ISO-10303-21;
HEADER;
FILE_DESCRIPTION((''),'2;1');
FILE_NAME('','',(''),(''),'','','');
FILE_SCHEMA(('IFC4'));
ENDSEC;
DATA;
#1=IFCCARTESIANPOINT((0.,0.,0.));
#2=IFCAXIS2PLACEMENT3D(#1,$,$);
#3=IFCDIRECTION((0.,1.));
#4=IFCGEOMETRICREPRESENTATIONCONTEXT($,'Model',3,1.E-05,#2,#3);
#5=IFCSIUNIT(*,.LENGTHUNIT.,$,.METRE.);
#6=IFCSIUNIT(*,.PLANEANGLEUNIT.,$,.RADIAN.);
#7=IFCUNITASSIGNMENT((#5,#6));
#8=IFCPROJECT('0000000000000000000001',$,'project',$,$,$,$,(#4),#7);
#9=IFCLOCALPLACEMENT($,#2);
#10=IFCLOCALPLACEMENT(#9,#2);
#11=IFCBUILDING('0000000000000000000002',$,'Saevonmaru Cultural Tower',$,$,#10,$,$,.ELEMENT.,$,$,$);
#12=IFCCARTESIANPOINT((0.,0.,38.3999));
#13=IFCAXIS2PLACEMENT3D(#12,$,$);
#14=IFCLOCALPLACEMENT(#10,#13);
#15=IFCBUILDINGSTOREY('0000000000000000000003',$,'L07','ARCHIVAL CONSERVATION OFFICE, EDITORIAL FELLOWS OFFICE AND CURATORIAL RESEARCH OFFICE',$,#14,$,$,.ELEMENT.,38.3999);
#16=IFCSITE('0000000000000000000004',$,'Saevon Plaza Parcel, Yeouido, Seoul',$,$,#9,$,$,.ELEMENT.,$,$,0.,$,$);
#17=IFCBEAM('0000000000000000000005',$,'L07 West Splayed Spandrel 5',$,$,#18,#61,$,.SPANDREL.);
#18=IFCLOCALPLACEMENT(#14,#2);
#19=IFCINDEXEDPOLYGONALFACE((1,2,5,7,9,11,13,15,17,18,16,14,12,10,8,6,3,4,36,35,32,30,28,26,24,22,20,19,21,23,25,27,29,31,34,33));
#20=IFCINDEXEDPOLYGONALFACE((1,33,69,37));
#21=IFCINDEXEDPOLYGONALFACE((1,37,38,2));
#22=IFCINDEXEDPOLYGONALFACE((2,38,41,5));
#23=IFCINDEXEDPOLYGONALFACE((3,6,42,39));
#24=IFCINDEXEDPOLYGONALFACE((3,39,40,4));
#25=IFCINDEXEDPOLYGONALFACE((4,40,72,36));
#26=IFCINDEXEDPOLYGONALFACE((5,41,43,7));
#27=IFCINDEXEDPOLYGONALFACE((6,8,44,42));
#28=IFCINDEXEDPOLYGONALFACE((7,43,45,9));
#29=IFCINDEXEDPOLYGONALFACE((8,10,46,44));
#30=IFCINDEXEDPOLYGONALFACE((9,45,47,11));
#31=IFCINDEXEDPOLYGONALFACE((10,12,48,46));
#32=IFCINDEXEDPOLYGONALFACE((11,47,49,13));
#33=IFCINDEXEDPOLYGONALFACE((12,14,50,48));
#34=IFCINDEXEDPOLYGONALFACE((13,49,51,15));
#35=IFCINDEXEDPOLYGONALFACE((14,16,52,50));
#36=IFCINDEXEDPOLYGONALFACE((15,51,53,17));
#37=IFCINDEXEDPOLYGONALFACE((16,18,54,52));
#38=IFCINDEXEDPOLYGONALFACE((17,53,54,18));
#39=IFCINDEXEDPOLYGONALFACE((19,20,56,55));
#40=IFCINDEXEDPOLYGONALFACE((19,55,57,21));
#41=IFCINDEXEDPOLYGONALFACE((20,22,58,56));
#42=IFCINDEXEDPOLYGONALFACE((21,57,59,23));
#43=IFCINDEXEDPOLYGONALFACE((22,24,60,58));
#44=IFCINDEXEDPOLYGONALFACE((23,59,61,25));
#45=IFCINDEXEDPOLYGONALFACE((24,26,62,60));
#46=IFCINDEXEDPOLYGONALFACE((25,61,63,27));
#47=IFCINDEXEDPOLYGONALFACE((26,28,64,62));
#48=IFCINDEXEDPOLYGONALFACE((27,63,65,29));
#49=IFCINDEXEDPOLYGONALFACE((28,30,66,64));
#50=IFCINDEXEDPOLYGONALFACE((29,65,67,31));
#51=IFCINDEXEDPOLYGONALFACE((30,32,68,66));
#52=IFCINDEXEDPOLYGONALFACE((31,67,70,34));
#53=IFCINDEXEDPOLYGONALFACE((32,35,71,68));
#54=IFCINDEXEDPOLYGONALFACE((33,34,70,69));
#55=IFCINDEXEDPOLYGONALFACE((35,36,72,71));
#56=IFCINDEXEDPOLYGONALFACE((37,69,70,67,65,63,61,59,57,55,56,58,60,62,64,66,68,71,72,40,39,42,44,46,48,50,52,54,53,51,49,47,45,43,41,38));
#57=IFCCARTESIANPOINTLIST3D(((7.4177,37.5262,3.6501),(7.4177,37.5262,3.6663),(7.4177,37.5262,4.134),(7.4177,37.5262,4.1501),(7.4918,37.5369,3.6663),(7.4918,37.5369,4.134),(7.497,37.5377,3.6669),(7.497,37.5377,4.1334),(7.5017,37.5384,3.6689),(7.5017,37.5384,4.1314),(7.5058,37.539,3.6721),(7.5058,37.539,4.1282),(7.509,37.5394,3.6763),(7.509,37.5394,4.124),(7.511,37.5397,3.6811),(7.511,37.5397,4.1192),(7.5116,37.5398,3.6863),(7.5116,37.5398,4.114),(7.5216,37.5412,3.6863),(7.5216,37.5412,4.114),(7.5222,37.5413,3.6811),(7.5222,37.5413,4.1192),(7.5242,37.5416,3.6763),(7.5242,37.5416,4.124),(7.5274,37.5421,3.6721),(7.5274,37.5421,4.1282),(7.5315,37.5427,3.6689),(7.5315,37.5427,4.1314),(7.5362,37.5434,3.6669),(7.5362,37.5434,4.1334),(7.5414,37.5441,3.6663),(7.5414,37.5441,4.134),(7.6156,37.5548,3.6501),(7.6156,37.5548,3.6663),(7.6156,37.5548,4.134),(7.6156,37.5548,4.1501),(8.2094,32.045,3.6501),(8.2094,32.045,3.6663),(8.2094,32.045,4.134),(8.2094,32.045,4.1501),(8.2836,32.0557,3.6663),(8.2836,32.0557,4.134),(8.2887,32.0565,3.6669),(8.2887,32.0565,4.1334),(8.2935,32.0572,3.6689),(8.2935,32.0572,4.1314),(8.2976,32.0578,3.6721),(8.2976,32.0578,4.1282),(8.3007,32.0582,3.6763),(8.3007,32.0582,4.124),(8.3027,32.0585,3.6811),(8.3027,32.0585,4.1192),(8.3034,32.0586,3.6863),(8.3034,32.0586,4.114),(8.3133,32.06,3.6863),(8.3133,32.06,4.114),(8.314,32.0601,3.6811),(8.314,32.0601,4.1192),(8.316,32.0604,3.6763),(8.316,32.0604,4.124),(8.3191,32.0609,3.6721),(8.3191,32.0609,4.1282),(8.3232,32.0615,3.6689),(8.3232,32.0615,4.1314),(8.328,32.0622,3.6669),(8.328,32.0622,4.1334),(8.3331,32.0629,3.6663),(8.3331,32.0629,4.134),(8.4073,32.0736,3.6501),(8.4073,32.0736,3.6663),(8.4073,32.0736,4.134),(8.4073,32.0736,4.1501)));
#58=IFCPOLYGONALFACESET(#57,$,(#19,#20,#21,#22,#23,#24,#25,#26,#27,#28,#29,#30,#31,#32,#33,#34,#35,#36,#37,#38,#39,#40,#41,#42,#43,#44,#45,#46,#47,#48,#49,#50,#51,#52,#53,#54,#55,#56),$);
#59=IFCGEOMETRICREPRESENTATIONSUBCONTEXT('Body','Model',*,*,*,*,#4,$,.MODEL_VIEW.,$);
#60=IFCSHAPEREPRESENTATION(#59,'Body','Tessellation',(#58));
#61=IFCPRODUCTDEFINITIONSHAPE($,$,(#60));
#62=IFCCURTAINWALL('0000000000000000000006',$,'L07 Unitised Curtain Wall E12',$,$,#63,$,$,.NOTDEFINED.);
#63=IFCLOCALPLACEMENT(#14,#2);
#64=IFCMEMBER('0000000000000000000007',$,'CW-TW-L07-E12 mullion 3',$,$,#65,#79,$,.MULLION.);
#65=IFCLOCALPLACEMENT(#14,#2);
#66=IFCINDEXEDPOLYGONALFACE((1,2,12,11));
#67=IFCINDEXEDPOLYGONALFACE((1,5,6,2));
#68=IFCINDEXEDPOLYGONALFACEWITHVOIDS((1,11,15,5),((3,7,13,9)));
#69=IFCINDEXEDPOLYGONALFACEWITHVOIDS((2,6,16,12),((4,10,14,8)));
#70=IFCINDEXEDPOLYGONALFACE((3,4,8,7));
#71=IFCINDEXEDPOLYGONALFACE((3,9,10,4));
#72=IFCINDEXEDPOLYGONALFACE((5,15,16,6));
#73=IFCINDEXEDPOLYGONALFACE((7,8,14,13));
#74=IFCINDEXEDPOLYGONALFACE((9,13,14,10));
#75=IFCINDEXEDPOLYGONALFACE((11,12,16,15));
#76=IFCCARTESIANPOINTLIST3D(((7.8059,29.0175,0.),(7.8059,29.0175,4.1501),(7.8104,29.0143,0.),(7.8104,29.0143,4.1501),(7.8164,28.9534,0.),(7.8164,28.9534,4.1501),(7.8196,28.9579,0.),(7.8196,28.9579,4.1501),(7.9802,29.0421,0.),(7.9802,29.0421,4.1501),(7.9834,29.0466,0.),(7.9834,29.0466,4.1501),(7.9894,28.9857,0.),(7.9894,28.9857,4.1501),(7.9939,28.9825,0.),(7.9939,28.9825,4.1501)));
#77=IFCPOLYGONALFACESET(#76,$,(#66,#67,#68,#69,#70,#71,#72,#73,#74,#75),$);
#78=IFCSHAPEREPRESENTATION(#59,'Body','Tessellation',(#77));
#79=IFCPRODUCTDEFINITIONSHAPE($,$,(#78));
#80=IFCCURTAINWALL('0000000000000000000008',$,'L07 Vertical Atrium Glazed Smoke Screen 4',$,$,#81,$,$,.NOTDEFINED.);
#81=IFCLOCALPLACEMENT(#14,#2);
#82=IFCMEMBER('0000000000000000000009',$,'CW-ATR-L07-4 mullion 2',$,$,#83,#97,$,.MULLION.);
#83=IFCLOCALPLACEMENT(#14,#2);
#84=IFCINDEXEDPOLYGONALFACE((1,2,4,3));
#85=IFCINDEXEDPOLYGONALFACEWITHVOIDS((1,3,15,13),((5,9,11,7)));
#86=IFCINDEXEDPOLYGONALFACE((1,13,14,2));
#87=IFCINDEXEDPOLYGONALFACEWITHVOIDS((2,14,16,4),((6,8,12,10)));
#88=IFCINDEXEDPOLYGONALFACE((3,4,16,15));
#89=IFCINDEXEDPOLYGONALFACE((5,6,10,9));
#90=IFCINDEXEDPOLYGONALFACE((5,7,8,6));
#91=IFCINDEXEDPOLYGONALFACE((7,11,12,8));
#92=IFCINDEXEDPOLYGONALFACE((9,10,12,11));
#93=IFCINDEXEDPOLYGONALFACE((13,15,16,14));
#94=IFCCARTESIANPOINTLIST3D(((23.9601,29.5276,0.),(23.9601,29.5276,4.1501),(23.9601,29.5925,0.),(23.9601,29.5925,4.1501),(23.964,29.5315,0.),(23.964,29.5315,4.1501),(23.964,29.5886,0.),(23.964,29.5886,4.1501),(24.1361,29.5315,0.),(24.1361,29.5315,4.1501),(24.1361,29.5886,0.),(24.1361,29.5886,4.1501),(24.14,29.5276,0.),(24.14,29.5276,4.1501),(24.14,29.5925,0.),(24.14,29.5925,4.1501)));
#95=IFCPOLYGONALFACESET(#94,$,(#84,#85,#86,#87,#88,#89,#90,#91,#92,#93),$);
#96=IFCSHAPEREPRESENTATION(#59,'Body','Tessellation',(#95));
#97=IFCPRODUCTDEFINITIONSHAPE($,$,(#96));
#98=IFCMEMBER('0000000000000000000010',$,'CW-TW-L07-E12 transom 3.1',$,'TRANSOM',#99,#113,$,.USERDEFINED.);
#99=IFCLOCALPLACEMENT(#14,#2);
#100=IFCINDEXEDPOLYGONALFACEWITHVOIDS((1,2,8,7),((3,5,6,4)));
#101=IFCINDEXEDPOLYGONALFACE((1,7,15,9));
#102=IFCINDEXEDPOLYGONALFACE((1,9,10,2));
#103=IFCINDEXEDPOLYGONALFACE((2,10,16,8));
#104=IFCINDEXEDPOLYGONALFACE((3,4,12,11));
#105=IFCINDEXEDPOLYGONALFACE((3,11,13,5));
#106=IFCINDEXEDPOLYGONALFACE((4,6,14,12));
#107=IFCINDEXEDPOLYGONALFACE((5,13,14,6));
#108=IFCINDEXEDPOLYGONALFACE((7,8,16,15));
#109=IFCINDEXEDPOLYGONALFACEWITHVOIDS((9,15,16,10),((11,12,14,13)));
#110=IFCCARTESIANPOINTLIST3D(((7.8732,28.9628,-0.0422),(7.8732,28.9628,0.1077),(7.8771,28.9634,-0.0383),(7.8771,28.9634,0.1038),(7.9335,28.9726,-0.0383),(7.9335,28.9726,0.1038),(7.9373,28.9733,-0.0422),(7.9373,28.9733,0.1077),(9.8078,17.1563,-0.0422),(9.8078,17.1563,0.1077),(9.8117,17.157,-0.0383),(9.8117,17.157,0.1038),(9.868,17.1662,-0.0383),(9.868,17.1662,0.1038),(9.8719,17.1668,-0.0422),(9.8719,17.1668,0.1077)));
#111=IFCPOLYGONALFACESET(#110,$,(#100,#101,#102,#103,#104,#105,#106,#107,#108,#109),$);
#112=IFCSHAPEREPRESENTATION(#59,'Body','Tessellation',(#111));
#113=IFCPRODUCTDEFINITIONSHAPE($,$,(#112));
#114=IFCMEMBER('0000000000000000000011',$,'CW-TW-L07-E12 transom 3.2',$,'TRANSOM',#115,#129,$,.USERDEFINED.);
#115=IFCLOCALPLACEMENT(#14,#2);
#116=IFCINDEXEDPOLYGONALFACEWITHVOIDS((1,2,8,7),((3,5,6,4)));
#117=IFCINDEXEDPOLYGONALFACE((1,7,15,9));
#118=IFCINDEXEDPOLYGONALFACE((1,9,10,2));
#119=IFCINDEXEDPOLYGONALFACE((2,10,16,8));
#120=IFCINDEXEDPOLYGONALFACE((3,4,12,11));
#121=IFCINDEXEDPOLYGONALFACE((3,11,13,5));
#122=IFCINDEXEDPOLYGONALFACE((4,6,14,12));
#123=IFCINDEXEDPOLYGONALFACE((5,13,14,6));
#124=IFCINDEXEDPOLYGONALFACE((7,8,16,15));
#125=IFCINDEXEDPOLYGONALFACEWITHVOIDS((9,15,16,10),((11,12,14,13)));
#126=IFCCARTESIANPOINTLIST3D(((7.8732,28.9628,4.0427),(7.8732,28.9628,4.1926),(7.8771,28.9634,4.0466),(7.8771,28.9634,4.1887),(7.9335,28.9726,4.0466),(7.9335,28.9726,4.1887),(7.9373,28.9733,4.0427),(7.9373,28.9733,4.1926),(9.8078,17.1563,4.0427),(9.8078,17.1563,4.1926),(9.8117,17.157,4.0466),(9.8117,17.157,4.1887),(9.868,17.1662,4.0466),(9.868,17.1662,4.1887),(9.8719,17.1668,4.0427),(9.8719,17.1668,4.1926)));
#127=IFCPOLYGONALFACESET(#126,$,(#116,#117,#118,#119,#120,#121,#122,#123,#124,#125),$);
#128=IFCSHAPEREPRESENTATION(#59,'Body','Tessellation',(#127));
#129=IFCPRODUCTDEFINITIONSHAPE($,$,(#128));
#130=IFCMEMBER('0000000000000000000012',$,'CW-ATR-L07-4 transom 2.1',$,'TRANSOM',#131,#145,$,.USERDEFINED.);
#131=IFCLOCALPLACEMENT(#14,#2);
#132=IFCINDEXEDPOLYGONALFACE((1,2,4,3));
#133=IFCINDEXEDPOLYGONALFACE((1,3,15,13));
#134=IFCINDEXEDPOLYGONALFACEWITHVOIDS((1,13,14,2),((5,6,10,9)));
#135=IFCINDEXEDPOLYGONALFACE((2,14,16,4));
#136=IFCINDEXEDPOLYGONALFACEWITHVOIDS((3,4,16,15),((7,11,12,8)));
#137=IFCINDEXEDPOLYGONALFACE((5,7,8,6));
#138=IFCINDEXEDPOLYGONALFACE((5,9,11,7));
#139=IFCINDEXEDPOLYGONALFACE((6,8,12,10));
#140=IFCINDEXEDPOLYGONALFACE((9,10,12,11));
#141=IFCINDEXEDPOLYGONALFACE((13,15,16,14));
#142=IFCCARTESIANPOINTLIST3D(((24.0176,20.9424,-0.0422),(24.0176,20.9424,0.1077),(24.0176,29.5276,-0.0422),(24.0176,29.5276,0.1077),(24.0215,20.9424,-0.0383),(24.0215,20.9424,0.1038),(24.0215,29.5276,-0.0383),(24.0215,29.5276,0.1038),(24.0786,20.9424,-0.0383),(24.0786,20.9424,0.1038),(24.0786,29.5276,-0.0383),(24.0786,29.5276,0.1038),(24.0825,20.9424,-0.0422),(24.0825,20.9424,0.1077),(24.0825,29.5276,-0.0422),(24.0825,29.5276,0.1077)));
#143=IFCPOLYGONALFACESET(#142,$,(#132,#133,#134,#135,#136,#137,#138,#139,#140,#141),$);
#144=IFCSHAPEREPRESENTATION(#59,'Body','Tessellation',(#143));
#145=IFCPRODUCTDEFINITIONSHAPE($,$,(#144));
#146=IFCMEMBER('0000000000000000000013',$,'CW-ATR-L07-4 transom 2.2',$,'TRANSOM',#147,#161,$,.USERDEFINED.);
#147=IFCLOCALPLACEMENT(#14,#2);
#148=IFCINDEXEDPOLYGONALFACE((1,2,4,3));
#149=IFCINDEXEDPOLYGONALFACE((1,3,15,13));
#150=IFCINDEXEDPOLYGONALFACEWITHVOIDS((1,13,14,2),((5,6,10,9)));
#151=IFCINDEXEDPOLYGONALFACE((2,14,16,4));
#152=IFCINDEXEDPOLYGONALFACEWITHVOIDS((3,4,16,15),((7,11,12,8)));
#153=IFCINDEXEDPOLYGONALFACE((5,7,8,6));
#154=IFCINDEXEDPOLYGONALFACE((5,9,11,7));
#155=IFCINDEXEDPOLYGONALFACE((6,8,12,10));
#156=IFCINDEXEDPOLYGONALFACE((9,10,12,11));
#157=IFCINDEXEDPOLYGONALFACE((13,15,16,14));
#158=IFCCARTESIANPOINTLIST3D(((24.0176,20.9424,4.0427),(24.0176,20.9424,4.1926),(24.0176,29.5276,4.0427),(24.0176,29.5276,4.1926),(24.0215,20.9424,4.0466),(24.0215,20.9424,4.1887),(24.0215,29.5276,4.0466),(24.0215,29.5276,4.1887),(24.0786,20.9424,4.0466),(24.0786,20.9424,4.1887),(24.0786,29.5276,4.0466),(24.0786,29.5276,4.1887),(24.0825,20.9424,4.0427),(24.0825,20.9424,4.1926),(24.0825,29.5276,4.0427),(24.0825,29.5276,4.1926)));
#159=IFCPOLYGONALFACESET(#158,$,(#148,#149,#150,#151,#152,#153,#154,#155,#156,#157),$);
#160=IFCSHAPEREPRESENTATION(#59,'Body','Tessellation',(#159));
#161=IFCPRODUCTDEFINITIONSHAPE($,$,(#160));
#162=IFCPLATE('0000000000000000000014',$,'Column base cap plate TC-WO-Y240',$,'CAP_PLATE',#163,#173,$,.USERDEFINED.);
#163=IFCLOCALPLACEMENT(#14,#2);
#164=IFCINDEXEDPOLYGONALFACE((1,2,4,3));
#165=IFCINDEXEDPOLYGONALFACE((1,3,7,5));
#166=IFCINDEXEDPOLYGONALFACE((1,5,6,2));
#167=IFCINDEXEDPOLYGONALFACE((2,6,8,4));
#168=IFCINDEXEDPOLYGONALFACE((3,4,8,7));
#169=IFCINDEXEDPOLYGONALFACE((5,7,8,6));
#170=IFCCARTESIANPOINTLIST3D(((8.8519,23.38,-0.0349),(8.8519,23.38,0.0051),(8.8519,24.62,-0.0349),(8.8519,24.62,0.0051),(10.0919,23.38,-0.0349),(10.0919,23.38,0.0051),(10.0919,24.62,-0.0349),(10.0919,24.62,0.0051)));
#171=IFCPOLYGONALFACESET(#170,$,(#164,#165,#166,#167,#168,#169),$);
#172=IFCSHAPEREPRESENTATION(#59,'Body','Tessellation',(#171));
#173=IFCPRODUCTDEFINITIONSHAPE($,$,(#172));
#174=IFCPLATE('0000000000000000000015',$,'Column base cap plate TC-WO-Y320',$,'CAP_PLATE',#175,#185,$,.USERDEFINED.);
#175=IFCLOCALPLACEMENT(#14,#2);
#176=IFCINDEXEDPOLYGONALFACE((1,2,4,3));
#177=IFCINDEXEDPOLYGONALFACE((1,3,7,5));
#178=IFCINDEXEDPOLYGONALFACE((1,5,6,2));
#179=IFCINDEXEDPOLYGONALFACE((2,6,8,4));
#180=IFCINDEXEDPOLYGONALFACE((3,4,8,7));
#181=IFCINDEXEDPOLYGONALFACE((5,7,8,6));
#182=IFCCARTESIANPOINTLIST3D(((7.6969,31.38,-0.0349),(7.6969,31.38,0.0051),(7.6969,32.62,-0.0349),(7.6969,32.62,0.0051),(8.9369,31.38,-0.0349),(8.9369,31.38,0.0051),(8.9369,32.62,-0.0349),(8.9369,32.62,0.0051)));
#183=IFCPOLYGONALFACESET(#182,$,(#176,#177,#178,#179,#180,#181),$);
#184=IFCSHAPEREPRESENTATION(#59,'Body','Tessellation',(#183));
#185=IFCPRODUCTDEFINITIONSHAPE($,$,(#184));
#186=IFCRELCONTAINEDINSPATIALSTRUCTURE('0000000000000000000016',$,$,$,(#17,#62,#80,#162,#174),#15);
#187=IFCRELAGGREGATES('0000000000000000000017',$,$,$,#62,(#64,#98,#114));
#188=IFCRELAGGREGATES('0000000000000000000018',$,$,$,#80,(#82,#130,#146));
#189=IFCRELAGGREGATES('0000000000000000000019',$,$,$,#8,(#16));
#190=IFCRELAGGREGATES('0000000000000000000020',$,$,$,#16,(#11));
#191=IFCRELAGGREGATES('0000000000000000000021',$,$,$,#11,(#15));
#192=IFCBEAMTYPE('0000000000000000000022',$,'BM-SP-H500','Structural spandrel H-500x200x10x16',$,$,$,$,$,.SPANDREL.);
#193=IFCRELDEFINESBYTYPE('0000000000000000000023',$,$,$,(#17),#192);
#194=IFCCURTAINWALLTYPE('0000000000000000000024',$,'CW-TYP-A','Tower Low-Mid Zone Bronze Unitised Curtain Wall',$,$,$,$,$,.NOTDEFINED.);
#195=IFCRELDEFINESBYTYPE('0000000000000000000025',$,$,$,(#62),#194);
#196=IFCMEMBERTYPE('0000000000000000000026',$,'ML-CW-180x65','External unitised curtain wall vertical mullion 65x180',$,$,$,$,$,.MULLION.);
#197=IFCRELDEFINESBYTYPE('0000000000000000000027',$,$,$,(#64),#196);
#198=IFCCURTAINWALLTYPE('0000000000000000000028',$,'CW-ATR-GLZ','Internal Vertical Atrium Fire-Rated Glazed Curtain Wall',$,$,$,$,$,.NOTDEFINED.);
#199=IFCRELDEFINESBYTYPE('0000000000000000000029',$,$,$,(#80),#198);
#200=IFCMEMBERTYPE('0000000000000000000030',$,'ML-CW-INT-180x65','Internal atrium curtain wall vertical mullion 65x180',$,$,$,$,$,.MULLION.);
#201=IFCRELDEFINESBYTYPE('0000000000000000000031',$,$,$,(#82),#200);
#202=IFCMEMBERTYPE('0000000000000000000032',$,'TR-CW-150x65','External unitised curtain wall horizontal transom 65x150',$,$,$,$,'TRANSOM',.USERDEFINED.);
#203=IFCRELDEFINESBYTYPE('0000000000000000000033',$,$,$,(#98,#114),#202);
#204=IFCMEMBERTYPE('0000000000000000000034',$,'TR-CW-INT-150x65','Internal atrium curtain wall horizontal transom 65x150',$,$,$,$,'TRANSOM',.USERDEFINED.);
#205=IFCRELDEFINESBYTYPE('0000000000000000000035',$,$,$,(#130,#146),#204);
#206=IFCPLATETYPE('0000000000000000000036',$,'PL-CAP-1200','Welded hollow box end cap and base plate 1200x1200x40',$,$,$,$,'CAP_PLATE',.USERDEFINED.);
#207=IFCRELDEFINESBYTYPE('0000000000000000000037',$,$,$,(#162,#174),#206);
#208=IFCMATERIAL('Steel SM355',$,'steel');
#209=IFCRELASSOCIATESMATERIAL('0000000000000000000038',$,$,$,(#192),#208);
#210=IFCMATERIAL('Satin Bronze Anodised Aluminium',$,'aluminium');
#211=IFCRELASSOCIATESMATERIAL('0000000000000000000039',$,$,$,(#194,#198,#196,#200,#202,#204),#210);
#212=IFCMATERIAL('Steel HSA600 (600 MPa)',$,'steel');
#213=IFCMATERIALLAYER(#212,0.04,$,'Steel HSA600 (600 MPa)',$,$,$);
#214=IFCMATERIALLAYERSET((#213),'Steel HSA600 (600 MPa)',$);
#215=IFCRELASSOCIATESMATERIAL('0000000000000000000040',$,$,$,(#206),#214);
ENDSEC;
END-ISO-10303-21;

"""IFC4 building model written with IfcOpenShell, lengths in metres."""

from ifc_helpers import new_model, si_unit, direction, frame, origin, origin_2d, place, context, subcontext, project, spatial, rectangle, hollow_rectangle, i_section, extrude, material, layer, layer_set, material_profile, profile_set, type_object, element, aggregate, save


model = new_model("IFC4")

# Units and contexts
model_context = context("Model", 3, precision=1e-05, world=origin(), true_north=direction((0.0, 1.0)))
body_context = subcontext(model_context, "Body", "Model", "MODEL_VIEW")
ifc_project = project(units=[si_unit("LENGTHUNIT", "METRE"), si_unit("PLANEANGLEUNIT", "RADIAN")], contexts=[model_context])

# Site, building, storey
site_placement = place(None, origin())
site = spatial("IfcSite", under=ifc_project, at=site_placement, Name="Saevon Plaza Parcel, Yeouido, Seoul", CompositionType="ELEMENT", RefElevation=0.0)
building_placement = place(site_placement, origin())
building = spatial("IfcBuilding", under=site, at=building_placement, Name="Saevonmaru Cultural Tower", CompositionType="ELEMENT")
storey_placement = place(building_placement, frame((0.0, 0.0, 38.3999)))
storey = spatial("IfcBuildingStorey", under=building, at=storey_placement, Name="L07", Description="ARCHIVAL CONSERVATION OFFICE, EDITORIAL FELLOWS OFFICE AND CURATORIAL RESEARCH OFFICE", CompositionType="ELEMENT", Elevation=38.3999)

# Shared definitions
ifc_material_1 = material(Name="Steel HSA600 (600 MPa)", Category="steel")

# Beam
ifc_material_2 = material(Name="Steel SM355", Category="steel")
ifc_material_profile_1 = material_profile(ifc_material_2, i_section(OverallWidth=0.2, OverallDepth=0.5, WebThickness=0.01, FlangeThickness=0.0161, FilletRadius=0.02, at=origin_2d()), Name="H-500x200x10x16")
ifc_profile_set_1 = profile_set([ifc_material_profile_1], Name="Steel SM355")
beam_type_1 = type_object("IfcBeamType", Name="BM-SP-H500", Description="Structural spandrel H-500x200x10x16", PredefinedType="SPANDREL", material=ifc_profile_set_1)
beam_1_placement = place(storey_placement, frame((8.3083, 32.0593, 3.9001), z_axis=(-0.142964, 0.989728, 0.0), x_axis=(-0.989728, -0.142964, 0.0)))
element("IfcBeam", 1, at=beam_1_placement, inside=storey, type_object=beam_type_1, Name="L07 West Splayed Spandrel 5", PredefinedType="SPANDREL", context=body_context, shape_type="SweptSolid", body=[
    extrude(i_section(OverallWidth=0.2, OverallDepth=0.5, WebThickness=0.01, FlangeThickness=0.0161, FilletRadius=0.02, at=origin_2d()), origin(), (0.0, 0.0, 1.0), 5.5381),
])

# Curtain walls, members
ifc_material_3 = material(Name="Satin Bronze Anodised Aluminium", Category="aluminium")
curtain_wall_type_1 = type_object("IfcCurtainWallType", Name="CW-TYP-A", Description="Tower Low-Mid Zone Bronze Unitised Curtain Wall", PredefinedType="NOTDEFINED", material=ifc_material_3)
curtain_wall_1_placement = place(storey_placement, origin())
curtain_wall_1 = element("IfcCurtainWall", 2, at=curtain_wall_1_placement, inside=storey, type_object=curtain_wall_type_1, Name="L07 Unitised Curtain Wall E12", PredefinedType="NOTDEFINED")
ifc_material_profile_2 = material_profile(ifc_material_3, hollow_rectangle(XDim=0.0649, YDim=0.1799, WallThickness=0.0039, at=origin_2d()), Name="ALU-MULL-180x65x4")
ifc_profile_set_2 = profile_set([ifc_material_profile_2], Name="Satin Bronze Anodised Aluminium")
member_type_1 = type_object("IfcMemberType", Name="ML-CW-180x65", Description="External unitised curtain wall vertical mullion 65x180", PredefinedType="MULLION", material=ifc_profile_set_2)
member_1_placement = place(storey_placement, frame((7.8999, 29.0, 0.0), z_axis=(0.0, 0.0, 1.0), x_axis=(0.161709, -0.986839, 0.0)))
member_1 = element("IfcMember", 3, at=member_1_placement, type_object=member_type_1, Name="CW-TW-L07-E12 mullion 3", PredefinedType="MULLION", context=body_context, shape_type="SweptSolid", body=[
    extrude(hollow_rectangle(XDim=0.0649, YDim=0.1799, WallThickness=0.0039, at=origin_2d()), origin(), (0.0, 0.0, 1.0), 4.1501),
])
curtain_wall_type_2 = type_object("IfcCurtainWallType", Name="CW-ATR-GLZ", Description="Internal Vertical Atrium Fire-Rated Glazed Curtain Wall", PredefinedType="NOTDEFINED", material=ifc_material_3)
curtain_wall_2_placement = place(storey_placement, origin())
curtain_wall_2 = element("IfcCurtainWall", 4, at=curtain_wall_2_placement, inside=storey, type_object=curtain_wall_type_2, Name="L07 Vertical Atrium Glazed Smoke Screen 4", PredefinedType="NOTDEFINED")
ifc_material_profile_3 = material_profile(ifc_material_3, hollow_rectangle(XDim=0.0649, YDim=0.1799, WallThickness=0.0039, at=origin_2d()), Name="ALU-MULL-180x65x4")
ifc_profile_set_3 = profile_set([ifc_material_profile_3], Name="Satin Bronze Anodised Aluminium")
member_type_2 = type_object("IfcMemberType", Name="ML-CW-INT-180x65", Description="Internal atrium curtain wall vertical mullion 65x180", PredefinedType="MULLION", material=ifc_profile_set_3)
member_2_placement = place(storey_placement, frame((24.05, 29.5601, 0.0), z_axis=(0.0, 0.0, 1.0), x_axis=(0.0, -1.0, 0.0)))
member_2 = element("IfcMember", 5, at=member_2_placement, type_object=member_type_2, Name="CW-ATR-L07-4 mullion 2", PredefinedType="MULLION", context=body_context, shape_type="SweptSolid", body=[
    extrude(hollow_rectangle(XDim=0.0649, YDim=0.1799, WallThickness=0.0039, at=origin_2d()), origin(), (0.0, 0.0, 1.0), 4.1501),
])

# Members
ifc_material_profile_4 = material_profile(ifc_material_3, hollow_rectangle(XDim=0.0649, YDim=0.1499, WallThickness=0.0039, at=origin_2d()), Name="ALU-TRAN-150x65x4")
ifc_profile_set_4 = profile_set([ifc_material_profile_4], Name="Satin Bronze Anodised Aluminium")
member_type_3 = type_object("IfcMemberType", Name="TR-CW-150x65", Description="External unitised curtain wall horizontal transom 65x150", ElementType="TRANSOM", PredefinedType="USERDEFINED", material=ifc_profile_set_4)
member_3_placement = place(storey_placement, frame((7.9053, 28.968, 0.0327), z_axis=(0.161701, -0.98684, 0.0), x_axis=(0.98684, 0.161701, 0.0)))
member_3 = element("IfcMember", 6, at=member_3_placement, type_object=member_type_3, Name="CW-TW-L07-E12 transom 3.1", ObjectType="TRANSOM", PredefinedType="USERDEFINED", context=body_context, shape_type="SweptSolid", body=[
    extrude(hollow_rectangle(XDim=0.0649, YDim=0.1499, WallThickness=0.0039, at=origin_2d()), origin(), (0.0, 0.0, 1.0), 11.9639),
])
member_4_placement = place(storey_placement, frame((7.9053, 28.968, 4.1177), z_axis=(0.161701, -0.98684, 0.0), x_axis=(0.98684, 0.161701, 0.0)))
member_4 = element("IfcMember", 7, at=member_4_placement, type_object=member_type_3, Name="CW-TW-L07-E12 transom 3.2", ObjectType="TRANSOM", PredefinedType="USERDEFINED", context=body_context, shape_type="SweptSolid", body=[
    extrude(hollow_rectangle(XDim=0.0649, YDim=0.1499, WallThickness=0.0039, at=origin_2d()), origin(), (0.0, 0.0, 1.0), 11.9639),
])
aggregate(curtain_wall_1, [member_1, member_3, member_4])
ifc_material_profile_5 = material_profile(ifc_material_3, hollow_rectangle(XDim=0.0649, YDim=0.1499, WallThickness=0.0039, at=origin_2d()), Name="ALU-TRAN-150x65x4")
ifc_profile_set_5 = profile_set([ifc_material_profile_5], Name="Satin Bronze Anodised Aluminium")
member_type_4 = type_object("IfcMemberType", Name="TR-CW-INT-150x65", Description="Internal atrium curtain wall horizontal transom 65x150", ElementType="TRANSOM", PredefinedType="USERDEFINED", material=ifc_profile_set_5)
member_5_placement = place(storey_placement, frame((24.05, 29.5276, 0.0327), z_axis=(0.0, -1.0, 0.0), x_axis=(1.0, 0.0, 0.0)))
member_5 = element("IfcMember", 8, at=member_5_placement, type_object=member_type_4, Name="CW-ATR-L07-4 transom 2.1", ObjectType="TRANSOM", PredefinedType="USERDEFINED", context=body_context, shape_type="SweptSolid", body=[
    extrude(hollow_rectangle(XDim=0.0649, YDim=0.1499, WallThickness=0.0039, at=origin_2d()), origin(), (0.0, 0.0, 1.0), 8.5852),
])
member_6_placement = place(storey_placement, frame((24.05, 29.5276, 4.1177), z_axis=(0.0, -1.0, 0.0), x_axis=(1.0, 0.0, 0.0)))
member_6 = element("IfcMember", 9, at=member_6_placement, type_object=member_type_4, Name="CW-ATR-L07-4 transom 2.2", ObjectType="TRANSOM", PredefinedType="USERDEFINED", context=body_context, shape_type="SweptSolid", body=[
    extrude(hollow_rectangle(XDim=0.0649, YDim=0.1499, WallThickness=0.0039, at=origin_2d()), origin(), (0.0, 0.0, 1.0), 8.5852),
])

# Plates
ifc_layer_1 = layer(ifc_material_1, 0.04, Name="Steel HSA600 (600 MPa)")
ifc_layer_set_1 = layer_set([ifc_layer_1], Name="Steel HSA600 (600 MPa)")
plate_type_1 = type_object("IfcPlateType", Name="PL-CAP-1200", Description="Welded hollow box end cap and base plate 1200x1200x40", ElementType="CAP_PLATE", PredefinedType="USERDEFINED", material=ifc_layer_set_1)
for number, where, z_axis, x_axis, name in (
    (10, (9.4719, 24.0, -0.0349), (0.0, 0.0, 1.0), (1.0, 0.0, 0.0), "Column base cap plate TC-WO-Y240"),
    (11, (8.3169, 32.0, -0.0349), (0.0, 0.0, 1.0), (1.0, 0.0, 0.0), "Column base cap plate TC-WO-Y320"),
):
    element("IfcPlate", number, at=place(storey_placement, frame(where, z_axis=z_axis, x_axis=x_axis)), inside=storey, type_object=plate_type_1, Name=name, ObjectType="CAP_PLATE", PredefinedType="USERDEFINED", context=body_context, shape_type="SweptSolid", body=[
        extrude(rectangle(XDim=1.24, YDim=1.24, at=origin_2d()), origin(), (0.0, 0.0, 1.0), 0.04),
    ])

aggregate(curtain_wall_2, [member_2, member_5, member_6])

save(model, "model.ifc")
